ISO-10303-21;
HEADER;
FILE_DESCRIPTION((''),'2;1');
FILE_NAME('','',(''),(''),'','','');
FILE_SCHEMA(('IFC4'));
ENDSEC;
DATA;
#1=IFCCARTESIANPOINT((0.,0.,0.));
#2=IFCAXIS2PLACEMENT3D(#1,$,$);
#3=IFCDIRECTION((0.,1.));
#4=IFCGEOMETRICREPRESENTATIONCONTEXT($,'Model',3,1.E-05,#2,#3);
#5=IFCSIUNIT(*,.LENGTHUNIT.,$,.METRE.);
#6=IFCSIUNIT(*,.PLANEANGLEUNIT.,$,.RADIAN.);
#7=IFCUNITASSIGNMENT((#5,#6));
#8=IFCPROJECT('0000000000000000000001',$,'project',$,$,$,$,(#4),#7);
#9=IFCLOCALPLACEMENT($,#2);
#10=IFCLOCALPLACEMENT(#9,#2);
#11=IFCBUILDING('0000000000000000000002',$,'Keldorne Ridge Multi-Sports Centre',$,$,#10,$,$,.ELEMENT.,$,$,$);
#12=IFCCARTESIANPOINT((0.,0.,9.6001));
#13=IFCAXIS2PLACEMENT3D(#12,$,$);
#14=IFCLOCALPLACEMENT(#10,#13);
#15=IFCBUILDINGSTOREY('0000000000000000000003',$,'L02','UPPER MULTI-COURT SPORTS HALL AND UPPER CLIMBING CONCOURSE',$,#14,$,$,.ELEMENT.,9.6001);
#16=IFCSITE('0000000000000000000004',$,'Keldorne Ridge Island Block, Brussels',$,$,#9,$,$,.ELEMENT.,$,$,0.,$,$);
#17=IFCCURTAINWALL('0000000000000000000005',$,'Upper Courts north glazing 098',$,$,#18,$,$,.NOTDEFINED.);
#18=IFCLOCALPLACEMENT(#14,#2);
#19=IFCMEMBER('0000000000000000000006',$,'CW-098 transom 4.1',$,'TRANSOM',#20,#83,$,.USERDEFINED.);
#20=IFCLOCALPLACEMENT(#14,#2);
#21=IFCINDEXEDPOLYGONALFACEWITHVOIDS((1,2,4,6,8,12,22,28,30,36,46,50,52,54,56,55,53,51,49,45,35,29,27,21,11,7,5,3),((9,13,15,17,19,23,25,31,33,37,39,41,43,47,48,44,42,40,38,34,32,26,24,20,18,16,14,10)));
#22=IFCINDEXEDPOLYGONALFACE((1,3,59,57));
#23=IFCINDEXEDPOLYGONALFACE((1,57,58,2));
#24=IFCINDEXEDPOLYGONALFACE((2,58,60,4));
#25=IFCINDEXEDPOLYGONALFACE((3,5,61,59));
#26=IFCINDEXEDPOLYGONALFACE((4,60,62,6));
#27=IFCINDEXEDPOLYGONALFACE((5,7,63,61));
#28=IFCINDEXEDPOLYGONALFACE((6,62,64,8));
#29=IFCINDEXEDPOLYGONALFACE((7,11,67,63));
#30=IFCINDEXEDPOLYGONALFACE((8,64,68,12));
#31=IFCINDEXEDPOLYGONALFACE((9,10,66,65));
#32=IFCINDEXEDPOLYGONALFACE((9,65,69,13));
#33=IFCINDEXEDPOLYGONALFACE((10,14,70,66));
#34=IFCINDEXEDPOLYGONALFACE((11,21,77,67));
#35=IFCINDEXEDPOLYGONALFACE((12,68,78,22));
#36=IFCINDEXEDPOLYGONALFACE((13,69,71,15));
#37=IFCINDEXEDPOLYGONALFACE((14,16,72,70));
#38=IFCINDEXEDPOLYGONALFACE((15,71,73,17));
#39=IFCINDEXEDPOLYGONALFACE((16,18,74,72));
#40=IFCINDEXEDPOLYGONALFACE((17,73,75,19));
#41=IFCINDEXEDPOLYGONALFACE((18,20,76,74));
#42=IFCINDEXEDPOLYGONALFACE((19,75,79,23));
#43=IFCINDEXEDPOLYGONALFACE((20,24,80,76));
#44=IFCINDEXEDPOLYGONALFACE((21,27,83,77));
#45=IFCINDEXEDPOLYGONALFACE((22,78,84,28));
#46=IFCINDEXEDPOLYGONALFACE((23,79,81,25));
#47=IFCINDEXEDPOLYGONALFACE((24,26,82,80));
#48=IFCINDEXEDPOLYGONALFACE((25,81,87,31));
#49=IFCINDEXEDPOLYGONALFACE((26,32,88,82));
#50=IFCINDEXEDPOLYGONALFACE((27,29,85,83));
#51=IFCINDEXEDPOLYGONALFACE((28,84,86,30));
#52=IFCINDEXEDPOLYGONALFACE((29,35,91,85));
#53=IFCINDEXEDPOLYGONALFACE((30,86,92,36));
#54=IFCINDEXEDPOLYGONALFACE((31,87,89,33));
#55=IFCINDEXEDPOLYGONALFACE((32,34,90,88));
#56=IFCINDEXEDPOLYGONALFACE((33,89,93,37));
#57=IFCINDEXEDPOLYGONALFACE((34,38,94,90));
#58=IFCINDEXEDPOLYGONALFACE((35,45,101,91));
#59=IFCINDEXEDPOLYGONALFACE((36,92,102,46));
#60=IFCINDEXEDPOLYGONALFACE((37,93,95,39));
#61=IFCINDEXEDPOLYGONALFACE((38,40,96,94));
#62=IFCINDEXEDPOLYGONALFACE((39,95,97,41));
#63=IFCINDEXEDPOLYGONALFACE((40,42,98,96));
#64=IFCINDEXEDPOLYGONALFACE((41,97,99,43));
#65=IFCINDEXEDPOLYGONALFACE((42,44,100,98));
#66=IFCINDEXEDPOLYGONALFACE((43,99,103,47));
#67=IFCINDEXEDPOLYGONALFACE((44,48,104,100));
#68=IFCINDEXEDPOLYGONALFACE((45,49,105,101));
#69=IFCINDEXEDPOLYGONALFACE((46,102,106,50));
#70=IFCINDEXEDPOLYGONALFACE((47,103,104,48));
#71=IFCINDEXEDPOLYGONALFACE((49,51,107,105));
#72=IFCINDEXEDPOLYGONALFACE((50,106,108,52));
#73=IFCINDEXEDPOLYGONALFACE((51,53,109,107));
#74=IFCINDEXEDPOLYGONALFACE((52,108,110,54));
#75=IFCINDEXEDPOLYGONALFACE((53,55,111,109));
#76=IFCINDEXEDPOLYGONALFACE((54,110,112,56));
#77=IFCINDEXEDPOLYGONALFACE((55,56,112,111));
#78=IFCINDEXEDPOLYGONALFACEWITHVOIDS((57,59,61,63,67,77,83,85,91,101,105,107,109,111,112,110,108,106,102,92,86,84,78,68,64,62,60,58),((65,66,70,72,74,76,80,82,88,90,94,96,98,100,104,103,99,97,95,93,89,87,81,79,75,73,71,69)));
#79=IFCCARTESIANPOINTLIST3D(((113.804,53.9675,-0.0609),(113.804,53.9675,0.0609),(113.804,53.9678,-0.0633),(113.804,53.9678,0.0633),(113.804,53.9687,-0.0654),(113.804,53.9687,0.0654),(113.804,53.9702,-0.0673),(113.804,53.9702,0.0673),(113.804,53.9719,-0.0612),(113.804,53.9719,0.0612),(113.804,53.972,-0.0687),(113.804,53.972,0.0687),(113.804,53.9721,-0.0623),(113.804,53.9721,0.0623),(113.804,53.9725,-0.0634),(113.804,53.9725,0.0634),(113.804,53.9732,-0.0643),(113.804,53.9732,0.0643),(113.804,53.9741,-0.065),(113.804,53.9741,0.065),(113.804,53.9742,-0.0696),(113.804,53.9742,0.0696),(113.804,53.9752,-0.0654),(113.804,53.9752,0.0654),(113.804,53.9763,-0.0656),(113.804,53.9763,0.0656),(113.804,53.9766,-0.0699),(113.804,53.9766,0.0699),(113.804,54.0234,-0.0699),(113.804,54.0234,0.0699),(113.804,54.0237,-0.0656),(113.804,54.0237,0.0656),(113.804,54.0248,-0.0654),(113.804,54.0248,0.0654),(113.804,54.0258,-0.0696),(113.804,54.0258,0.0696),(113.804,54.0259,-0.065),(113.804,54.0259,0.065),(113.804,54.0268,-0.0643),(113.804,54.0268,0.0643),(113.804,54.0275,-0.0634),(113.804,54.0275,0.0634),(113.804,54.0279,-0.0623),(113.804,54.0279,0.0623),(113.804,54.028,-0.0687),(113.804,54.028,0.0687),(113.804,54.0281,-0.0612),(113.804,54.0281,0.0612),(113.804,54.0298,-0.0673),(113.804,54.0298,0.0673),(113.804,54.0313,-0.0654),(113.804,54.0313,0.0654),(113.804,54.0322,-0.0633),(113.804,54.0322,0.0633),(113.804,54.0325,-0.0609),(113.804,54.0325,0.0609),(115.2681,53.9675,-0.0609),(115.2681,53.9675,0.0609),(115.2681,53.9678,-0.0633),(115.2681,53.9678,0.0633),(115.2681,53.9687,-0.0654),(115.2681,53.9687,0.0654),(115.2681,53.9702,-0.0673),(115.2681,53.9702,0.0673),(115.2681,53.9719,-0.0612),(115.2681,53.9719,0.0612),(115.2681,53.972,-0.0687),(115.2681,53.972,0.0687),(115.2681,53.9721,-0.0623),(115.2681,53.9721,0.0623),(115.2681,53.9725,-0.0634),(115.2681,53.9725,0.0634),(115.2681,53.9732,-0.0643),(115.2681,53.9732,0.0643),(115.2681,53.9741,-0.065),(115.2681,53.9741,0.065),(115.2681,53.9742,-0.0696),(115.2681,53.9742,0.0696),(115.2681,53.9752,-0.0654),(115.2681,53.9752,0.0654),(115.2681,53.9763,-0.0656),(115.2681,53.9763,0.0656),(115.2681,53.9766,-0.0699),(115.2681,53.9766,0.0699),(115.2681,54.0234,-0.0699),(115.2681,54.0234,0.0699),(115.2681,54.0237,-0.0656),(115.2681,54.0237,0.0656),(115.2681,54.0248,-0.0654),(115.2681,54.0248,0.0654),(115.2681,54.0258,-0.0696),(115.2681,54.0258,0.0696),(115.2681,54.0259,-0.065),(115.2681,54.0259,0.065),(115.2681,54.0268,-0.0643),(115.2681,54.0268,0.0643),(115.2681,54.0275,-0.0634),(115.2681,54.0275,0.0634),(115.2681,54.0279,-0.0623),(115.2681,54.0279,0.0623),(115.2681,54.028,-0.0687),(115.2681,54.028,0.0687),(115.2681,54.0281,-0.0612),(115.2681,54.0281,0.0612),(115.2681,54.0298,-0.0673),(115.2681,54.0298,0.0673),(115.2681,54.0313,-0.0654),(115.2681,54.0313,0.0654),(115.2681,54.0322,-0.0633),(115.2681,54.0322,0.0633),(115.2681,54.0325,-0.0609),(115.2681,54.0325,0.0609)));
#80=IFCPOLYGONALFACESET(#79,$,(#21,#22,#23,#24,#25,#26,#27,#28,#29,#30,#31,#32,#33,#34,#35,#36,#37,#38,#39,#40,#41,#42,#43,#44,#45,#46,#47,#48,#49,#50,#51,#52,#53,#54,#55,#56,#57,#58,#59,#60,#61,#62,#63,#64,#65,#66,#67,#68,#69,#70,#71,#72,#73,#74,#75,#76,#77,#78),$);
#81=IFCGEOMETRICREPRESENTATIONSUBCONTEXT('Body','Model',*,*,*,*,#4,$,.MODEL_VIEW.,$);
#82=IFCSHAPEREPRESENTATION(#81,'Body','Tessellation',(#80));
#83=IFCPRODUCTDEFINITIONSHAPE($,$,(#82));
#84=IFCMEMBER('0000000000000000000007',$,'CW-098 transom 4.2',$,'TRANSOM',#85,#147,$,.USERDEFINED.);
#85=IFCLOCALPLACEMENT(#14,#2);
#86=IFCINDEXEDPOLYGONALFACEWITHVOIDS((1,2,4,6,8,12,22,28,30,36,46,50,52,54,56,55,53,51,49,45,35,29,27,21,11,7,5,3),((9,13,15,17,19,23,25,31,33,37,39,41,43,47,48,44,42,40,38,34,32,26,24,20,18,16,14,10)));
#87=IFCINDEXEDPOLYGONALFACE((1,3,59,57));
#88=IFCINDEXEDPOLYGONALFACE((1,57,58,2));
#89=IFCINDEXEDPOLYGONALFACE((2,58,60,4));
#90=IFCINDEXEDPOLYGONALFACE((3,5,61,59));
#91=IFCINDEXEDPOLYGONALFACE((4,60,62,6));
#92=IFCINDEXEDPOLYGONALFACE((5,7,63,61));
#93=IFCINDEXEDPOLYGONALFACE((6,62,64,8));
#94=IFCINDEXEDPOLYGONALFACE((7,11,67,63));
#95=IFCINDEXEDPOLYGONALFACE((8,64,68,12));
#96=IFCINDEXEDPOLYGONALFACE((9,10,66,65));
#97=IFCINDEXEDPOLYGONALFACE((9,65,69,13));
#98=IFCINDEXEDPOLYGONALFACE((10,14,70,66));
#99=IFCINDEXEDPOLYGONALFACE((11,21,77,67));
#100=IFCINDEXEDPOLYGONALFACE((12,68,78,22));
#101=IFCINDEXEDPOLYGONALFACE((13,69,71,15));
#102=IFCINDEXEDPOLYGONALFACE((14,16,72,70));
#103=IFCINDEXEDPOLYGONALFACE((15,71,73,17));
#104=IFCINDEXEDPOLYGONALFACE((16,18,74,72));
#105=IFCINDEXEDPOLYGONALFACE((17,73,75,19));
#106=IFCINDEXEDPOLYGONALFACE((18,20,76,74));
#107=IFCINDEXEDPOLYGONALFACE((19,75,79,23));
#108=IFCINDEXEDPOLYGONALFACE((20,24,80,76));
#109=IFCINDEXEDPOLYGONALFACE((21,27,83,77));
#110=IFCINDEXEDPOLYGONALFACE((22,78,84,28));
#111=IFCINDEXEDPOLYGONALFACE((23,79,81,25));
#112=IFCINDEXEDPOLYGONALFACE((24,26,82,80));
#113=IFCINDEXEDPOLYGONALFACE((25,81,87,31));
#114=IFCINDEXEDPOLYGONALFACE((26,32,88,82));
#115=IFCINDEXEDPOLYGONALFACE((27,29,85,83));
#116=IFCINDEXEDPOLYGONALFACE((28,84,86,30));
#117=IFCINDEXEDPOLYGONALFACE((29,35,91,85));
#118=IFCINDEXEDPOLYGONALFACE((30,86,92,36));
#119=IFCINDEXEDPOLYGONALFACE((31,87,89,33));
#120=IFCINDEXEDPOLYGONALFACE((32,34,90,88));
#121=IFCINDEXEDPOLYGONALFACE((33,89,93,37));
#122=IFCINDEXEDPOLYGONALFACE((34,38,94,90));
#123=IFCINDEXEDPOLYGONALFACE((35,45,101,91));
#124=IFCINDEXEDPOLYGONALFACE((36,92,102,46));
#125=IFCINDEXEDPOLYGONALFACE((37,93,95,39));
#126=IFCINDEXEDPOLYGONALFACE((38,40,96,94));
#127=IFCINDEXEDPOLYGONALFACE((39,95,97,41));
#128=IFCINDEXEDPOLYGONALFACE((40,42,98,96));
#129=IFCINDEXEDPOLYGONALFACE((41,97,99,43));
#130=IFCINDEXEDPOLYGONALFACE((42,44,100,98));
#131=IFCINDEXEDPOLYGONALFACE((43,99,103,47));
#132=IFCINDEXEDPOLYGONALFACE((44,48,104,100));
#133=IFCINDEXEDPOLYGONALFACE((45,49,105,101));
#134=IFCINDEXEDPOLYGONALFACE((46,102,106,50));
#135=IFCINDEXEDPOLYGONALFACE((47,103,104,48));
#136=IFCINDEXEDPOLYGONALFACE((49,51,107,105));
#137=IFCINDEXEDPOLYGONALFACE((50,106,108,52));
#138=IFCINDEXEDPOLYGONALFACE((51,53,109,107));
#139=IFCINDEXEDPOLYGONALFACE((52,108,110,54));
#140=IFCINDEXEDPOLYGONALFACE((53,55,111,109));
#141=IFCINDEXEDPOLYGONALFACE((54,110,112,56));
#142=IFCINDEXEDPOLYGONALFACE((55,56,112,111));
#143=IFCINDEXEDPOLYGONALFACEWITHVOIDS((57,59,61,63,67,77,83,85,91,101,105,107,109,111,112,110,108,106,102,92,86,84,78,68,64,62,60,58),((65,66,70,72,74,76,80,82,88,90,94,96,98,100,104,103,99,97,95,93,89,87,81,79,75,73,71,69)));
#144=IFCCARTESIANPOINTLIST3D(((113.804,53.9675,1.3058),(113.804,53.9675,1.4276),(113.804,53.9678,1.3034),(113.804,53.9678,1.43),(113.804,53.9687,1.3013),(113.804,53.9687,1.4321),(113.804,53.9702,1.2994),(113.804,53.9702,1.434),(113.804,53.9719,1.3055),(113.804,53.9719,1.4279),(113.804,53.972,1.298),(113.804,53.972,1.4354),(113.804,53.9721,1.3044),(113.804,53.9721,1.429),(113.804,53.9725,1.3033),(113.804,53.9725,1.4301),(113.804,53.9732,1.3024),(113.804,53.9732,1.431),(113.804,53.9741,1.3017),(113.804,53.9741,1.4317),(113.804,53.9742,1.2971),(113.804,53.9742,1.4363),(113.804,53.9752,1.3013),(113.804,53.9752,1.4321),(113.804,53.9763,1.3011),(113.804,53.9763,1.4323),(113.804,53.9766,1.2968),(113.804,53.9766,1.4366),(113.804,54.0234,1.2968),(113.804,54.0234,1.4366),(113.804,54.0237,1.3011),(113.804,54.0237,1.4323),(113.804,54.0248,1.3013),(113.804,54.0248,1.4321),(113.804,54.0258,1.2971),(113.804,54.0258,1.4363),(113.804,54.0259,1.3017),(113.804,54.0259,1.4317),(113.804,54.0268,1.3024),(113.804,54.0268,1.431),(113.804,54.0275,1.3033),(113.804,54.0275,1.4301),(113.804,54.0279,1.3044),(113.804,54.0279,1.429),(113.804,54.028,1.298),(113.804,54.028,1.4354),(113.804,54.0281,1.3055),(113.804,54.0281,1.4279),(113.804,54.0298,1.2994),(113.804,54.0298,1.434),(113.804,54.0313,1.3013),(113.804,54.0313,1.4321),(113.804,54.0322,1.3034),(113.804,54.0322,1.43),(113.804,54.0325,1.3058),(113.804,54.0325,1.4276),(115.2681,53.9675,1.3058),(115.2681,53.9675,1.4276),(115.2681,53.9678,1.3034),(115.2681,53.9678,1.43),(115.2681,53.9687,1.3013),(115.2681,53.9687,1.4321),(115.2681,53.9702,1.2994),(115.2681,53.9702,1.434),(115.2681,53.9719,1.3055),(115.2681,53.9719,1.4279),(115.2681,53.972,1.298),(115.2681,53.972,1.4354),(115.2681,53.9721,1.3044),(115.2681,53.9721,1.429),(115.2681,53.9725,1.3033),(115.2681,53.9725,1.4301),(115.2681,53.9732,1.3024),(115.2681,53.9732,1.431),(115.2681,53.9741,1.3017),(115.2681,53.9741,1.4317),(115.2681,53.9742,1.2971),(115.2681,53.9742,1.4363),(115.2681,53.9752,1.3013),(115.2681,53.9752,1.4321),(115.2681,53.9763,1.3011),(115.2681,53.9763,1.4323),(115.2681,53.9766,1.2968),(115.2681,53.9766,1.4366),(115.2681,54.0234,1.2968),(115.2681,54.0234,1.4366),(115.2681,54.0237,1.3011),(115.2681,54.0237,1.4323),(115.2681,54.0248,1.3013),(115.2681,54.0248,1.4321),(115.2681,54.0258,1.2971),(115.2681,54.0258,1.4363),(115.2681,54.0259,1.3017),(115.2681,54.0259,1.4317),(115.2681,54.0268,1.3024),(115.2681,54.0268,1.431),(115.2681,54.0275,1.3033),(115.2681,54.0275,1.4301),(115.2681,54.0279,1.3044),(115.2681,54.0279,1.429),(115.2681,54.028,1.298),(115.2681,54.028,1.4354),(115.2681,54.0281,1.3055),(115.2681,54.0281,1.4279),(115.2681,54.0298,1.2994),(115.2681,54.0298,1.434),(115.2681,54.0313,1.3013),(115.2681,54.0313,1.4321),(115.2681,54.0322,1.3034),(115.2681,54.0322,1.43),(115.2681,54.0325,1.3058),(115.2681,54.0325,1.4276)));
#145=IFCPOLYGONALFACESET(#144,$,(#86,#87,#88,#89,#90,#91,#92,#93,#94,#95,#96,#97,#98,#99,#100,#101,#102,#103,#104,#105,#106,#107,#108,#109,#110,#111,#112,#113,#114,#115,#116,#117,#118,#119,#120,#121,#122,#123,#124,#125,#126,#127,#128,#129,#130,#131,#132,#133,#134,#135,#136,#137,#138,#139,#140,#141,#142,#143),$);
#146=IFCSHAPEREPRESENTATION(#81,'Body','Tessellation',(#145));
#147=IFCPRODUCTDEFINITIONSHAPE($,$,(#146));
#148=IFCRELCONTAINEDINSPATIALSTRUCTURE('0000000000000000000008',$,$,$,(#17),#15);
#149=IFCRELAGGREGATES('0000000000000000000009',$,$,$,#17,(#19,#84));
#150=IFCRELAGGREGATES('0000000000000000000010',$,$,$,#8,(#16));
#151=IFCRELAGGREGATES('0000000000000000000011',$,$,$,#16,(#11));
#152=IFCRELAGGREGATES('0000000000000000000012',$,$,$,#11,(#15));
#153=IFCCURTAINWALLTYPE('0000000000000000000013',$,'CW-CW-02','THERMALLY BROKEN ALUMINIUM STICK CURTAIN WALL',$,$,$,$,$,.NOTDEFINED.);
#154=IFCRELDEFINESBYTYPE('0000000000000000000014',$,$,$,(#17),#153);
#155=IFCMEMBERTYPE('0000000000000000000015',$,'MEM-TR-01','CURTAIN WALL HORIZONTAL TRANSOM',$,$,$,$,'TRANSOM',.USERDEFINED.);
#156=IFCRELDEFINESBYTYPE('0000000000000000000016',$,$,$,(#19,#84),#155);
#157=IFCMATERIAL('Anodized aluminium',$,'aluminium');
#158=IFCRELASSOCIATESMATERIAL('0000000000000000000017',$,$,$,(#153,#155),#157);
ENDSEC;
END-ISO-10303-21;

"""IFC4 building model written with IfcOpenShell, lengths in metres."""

from ifc_helpers import new_model, si_unit, direction, frame, origin, origin_2d, place, context, subcontext, project, spatial, hollow_rectangle, extrude, material, material_profile, profile_set, type_object, element, aggregate, save


model = new_model("IFC4")

# Units and contexts
model_context = context("Model", 3, precision=1e-05, world=origin(), true_north=direction((0.0, 1.0)))
body_context = subcontext(model_context, "Body", "Model", "MODEL_VIEW")
ifc_project = project(units=[si_unit("LENGTHUNIT", "METRE"), si_unit("PLANEANGLEUNIT", "RADIAN")], contexts=[model_context])

# Site, building, storey
site_placement = place(None, origin())
site = spatial("IfcSite", under=ifc_project, at=site_placement, Name="Keldorne Ridge Island Block, Brussels", CompositionType="ELEMENT", RefElevation=0.0)
building_placement = place(site_placement, origin())
building = spatial("IfcBuilding", under=site, at=building_placement, Name="Keldorne Ridge Multi-Sports Centre", CompositionType="ELEMENT")
storey_placement = place(building_placement, frame((0.0, 0.0, 9.6001)))
storey = spatial("IfcBuildingStorey", under=building, at=storey_placement, Name="L02", Description="UPPER MULTI-COURT SPORTS HALL AND UPPER CLIMBING CONCOURSE", CompositionType="ELEMENT", Elevation=9.6001)

# Curtain wall, members
ifc_material_1 = material(Name="Anodized aluminium", Category="aluminium")
curtain_wall_type = type_object("IfcCurtainWallType", Name="CW-CW-02", Description="THERMALLY BROKEN ALUMINIUM STICK CURTAIN WALL", PredefinedType="NOTDEFINED", material=ifc_material_1)
curtain_wall_placement = place(storey_placement, origin())
curtain_wall = element("IfcCurtainWall", 1, at=curtain_wall_placement, inside=storey, type_object=curtain_wall_type, Name="Upper Courts north glazing 098", PredefinedType="NOTDEFINED")
ifc_material_profile_1 = material_profile(ifc_material_1, hollow_rectangle(XDim=0.0649, YDim=0.1399, WallThickness=0.0044, InnerFilletRadius=0.0044, OuterFilletRadius=0.009, at=origin_2d()), Name="ALU TRANSOM 140x65x4.5")
ifc_profile_set_1 = profile_set([ifc_material_profile_1], Name="Anodized aluminium")
member_type_1 = type_object("IfcMemberType", Name="MEM-TR-01", Description="CURTAIN WALL HORIZONTAL TRANSOM", ElementType="TRANSOM", PredefinedType="USERDEFINED", material=ifc_profile_set_1)
member_1_placement = place(storey_placement, frame((115.2681, 54.0, 0.0), z_axis=(-1.0, 0.0, 0.0), x_axis=(0.0, -1.0, 0.0)))
member_1 = element("IfcMember", 2, at=member_1_placement, type_object=member_type_1, Name="CW-098 transom 4.1", ObjectType="TRANSOM", PredefinedType="USERDEFINED", context=body_context, shape_type="SweptSolid", body=[
    extrude(hollow_rectangle(XDim=0.0649, YDim=0.1399, WallThickness=0.0044, InnerFilletRadius=0.0044, OuterFilletRadius=0.009, at=origin_2d()), origin(), (0.0, 0.0, 1.0), 1.4641),
])
member_2_placement = place(storey_placement, frame((115.2681, 54.0, 1.3667), z_axis=(-1.0, 0.0, 0.0), x_axis=(0.0, -1.0, 0.0)))
member_2 = element("IfcMember", 3, at=member_2_placement, type_object=member_type_1, Name="CW-098 transom 4.2", ObjectType="TRANSOM", PredefinedType="USERDEFINED", context=body_context, shape_type="SweptSolid", body=[
    extrude(hollow_rectangle(XDim=0.0649, YDim=0.1399, WallThickness=0.0044, InnerFilletRadius=0.0044, OuterFilletRadius=0.009, at=origin_2d()), origin(), (0.0, 0.0, 1.0), 1.4641),
])
aggregate(curtain_wall, [member_1, member_2])

save(model, "model.ifc")
